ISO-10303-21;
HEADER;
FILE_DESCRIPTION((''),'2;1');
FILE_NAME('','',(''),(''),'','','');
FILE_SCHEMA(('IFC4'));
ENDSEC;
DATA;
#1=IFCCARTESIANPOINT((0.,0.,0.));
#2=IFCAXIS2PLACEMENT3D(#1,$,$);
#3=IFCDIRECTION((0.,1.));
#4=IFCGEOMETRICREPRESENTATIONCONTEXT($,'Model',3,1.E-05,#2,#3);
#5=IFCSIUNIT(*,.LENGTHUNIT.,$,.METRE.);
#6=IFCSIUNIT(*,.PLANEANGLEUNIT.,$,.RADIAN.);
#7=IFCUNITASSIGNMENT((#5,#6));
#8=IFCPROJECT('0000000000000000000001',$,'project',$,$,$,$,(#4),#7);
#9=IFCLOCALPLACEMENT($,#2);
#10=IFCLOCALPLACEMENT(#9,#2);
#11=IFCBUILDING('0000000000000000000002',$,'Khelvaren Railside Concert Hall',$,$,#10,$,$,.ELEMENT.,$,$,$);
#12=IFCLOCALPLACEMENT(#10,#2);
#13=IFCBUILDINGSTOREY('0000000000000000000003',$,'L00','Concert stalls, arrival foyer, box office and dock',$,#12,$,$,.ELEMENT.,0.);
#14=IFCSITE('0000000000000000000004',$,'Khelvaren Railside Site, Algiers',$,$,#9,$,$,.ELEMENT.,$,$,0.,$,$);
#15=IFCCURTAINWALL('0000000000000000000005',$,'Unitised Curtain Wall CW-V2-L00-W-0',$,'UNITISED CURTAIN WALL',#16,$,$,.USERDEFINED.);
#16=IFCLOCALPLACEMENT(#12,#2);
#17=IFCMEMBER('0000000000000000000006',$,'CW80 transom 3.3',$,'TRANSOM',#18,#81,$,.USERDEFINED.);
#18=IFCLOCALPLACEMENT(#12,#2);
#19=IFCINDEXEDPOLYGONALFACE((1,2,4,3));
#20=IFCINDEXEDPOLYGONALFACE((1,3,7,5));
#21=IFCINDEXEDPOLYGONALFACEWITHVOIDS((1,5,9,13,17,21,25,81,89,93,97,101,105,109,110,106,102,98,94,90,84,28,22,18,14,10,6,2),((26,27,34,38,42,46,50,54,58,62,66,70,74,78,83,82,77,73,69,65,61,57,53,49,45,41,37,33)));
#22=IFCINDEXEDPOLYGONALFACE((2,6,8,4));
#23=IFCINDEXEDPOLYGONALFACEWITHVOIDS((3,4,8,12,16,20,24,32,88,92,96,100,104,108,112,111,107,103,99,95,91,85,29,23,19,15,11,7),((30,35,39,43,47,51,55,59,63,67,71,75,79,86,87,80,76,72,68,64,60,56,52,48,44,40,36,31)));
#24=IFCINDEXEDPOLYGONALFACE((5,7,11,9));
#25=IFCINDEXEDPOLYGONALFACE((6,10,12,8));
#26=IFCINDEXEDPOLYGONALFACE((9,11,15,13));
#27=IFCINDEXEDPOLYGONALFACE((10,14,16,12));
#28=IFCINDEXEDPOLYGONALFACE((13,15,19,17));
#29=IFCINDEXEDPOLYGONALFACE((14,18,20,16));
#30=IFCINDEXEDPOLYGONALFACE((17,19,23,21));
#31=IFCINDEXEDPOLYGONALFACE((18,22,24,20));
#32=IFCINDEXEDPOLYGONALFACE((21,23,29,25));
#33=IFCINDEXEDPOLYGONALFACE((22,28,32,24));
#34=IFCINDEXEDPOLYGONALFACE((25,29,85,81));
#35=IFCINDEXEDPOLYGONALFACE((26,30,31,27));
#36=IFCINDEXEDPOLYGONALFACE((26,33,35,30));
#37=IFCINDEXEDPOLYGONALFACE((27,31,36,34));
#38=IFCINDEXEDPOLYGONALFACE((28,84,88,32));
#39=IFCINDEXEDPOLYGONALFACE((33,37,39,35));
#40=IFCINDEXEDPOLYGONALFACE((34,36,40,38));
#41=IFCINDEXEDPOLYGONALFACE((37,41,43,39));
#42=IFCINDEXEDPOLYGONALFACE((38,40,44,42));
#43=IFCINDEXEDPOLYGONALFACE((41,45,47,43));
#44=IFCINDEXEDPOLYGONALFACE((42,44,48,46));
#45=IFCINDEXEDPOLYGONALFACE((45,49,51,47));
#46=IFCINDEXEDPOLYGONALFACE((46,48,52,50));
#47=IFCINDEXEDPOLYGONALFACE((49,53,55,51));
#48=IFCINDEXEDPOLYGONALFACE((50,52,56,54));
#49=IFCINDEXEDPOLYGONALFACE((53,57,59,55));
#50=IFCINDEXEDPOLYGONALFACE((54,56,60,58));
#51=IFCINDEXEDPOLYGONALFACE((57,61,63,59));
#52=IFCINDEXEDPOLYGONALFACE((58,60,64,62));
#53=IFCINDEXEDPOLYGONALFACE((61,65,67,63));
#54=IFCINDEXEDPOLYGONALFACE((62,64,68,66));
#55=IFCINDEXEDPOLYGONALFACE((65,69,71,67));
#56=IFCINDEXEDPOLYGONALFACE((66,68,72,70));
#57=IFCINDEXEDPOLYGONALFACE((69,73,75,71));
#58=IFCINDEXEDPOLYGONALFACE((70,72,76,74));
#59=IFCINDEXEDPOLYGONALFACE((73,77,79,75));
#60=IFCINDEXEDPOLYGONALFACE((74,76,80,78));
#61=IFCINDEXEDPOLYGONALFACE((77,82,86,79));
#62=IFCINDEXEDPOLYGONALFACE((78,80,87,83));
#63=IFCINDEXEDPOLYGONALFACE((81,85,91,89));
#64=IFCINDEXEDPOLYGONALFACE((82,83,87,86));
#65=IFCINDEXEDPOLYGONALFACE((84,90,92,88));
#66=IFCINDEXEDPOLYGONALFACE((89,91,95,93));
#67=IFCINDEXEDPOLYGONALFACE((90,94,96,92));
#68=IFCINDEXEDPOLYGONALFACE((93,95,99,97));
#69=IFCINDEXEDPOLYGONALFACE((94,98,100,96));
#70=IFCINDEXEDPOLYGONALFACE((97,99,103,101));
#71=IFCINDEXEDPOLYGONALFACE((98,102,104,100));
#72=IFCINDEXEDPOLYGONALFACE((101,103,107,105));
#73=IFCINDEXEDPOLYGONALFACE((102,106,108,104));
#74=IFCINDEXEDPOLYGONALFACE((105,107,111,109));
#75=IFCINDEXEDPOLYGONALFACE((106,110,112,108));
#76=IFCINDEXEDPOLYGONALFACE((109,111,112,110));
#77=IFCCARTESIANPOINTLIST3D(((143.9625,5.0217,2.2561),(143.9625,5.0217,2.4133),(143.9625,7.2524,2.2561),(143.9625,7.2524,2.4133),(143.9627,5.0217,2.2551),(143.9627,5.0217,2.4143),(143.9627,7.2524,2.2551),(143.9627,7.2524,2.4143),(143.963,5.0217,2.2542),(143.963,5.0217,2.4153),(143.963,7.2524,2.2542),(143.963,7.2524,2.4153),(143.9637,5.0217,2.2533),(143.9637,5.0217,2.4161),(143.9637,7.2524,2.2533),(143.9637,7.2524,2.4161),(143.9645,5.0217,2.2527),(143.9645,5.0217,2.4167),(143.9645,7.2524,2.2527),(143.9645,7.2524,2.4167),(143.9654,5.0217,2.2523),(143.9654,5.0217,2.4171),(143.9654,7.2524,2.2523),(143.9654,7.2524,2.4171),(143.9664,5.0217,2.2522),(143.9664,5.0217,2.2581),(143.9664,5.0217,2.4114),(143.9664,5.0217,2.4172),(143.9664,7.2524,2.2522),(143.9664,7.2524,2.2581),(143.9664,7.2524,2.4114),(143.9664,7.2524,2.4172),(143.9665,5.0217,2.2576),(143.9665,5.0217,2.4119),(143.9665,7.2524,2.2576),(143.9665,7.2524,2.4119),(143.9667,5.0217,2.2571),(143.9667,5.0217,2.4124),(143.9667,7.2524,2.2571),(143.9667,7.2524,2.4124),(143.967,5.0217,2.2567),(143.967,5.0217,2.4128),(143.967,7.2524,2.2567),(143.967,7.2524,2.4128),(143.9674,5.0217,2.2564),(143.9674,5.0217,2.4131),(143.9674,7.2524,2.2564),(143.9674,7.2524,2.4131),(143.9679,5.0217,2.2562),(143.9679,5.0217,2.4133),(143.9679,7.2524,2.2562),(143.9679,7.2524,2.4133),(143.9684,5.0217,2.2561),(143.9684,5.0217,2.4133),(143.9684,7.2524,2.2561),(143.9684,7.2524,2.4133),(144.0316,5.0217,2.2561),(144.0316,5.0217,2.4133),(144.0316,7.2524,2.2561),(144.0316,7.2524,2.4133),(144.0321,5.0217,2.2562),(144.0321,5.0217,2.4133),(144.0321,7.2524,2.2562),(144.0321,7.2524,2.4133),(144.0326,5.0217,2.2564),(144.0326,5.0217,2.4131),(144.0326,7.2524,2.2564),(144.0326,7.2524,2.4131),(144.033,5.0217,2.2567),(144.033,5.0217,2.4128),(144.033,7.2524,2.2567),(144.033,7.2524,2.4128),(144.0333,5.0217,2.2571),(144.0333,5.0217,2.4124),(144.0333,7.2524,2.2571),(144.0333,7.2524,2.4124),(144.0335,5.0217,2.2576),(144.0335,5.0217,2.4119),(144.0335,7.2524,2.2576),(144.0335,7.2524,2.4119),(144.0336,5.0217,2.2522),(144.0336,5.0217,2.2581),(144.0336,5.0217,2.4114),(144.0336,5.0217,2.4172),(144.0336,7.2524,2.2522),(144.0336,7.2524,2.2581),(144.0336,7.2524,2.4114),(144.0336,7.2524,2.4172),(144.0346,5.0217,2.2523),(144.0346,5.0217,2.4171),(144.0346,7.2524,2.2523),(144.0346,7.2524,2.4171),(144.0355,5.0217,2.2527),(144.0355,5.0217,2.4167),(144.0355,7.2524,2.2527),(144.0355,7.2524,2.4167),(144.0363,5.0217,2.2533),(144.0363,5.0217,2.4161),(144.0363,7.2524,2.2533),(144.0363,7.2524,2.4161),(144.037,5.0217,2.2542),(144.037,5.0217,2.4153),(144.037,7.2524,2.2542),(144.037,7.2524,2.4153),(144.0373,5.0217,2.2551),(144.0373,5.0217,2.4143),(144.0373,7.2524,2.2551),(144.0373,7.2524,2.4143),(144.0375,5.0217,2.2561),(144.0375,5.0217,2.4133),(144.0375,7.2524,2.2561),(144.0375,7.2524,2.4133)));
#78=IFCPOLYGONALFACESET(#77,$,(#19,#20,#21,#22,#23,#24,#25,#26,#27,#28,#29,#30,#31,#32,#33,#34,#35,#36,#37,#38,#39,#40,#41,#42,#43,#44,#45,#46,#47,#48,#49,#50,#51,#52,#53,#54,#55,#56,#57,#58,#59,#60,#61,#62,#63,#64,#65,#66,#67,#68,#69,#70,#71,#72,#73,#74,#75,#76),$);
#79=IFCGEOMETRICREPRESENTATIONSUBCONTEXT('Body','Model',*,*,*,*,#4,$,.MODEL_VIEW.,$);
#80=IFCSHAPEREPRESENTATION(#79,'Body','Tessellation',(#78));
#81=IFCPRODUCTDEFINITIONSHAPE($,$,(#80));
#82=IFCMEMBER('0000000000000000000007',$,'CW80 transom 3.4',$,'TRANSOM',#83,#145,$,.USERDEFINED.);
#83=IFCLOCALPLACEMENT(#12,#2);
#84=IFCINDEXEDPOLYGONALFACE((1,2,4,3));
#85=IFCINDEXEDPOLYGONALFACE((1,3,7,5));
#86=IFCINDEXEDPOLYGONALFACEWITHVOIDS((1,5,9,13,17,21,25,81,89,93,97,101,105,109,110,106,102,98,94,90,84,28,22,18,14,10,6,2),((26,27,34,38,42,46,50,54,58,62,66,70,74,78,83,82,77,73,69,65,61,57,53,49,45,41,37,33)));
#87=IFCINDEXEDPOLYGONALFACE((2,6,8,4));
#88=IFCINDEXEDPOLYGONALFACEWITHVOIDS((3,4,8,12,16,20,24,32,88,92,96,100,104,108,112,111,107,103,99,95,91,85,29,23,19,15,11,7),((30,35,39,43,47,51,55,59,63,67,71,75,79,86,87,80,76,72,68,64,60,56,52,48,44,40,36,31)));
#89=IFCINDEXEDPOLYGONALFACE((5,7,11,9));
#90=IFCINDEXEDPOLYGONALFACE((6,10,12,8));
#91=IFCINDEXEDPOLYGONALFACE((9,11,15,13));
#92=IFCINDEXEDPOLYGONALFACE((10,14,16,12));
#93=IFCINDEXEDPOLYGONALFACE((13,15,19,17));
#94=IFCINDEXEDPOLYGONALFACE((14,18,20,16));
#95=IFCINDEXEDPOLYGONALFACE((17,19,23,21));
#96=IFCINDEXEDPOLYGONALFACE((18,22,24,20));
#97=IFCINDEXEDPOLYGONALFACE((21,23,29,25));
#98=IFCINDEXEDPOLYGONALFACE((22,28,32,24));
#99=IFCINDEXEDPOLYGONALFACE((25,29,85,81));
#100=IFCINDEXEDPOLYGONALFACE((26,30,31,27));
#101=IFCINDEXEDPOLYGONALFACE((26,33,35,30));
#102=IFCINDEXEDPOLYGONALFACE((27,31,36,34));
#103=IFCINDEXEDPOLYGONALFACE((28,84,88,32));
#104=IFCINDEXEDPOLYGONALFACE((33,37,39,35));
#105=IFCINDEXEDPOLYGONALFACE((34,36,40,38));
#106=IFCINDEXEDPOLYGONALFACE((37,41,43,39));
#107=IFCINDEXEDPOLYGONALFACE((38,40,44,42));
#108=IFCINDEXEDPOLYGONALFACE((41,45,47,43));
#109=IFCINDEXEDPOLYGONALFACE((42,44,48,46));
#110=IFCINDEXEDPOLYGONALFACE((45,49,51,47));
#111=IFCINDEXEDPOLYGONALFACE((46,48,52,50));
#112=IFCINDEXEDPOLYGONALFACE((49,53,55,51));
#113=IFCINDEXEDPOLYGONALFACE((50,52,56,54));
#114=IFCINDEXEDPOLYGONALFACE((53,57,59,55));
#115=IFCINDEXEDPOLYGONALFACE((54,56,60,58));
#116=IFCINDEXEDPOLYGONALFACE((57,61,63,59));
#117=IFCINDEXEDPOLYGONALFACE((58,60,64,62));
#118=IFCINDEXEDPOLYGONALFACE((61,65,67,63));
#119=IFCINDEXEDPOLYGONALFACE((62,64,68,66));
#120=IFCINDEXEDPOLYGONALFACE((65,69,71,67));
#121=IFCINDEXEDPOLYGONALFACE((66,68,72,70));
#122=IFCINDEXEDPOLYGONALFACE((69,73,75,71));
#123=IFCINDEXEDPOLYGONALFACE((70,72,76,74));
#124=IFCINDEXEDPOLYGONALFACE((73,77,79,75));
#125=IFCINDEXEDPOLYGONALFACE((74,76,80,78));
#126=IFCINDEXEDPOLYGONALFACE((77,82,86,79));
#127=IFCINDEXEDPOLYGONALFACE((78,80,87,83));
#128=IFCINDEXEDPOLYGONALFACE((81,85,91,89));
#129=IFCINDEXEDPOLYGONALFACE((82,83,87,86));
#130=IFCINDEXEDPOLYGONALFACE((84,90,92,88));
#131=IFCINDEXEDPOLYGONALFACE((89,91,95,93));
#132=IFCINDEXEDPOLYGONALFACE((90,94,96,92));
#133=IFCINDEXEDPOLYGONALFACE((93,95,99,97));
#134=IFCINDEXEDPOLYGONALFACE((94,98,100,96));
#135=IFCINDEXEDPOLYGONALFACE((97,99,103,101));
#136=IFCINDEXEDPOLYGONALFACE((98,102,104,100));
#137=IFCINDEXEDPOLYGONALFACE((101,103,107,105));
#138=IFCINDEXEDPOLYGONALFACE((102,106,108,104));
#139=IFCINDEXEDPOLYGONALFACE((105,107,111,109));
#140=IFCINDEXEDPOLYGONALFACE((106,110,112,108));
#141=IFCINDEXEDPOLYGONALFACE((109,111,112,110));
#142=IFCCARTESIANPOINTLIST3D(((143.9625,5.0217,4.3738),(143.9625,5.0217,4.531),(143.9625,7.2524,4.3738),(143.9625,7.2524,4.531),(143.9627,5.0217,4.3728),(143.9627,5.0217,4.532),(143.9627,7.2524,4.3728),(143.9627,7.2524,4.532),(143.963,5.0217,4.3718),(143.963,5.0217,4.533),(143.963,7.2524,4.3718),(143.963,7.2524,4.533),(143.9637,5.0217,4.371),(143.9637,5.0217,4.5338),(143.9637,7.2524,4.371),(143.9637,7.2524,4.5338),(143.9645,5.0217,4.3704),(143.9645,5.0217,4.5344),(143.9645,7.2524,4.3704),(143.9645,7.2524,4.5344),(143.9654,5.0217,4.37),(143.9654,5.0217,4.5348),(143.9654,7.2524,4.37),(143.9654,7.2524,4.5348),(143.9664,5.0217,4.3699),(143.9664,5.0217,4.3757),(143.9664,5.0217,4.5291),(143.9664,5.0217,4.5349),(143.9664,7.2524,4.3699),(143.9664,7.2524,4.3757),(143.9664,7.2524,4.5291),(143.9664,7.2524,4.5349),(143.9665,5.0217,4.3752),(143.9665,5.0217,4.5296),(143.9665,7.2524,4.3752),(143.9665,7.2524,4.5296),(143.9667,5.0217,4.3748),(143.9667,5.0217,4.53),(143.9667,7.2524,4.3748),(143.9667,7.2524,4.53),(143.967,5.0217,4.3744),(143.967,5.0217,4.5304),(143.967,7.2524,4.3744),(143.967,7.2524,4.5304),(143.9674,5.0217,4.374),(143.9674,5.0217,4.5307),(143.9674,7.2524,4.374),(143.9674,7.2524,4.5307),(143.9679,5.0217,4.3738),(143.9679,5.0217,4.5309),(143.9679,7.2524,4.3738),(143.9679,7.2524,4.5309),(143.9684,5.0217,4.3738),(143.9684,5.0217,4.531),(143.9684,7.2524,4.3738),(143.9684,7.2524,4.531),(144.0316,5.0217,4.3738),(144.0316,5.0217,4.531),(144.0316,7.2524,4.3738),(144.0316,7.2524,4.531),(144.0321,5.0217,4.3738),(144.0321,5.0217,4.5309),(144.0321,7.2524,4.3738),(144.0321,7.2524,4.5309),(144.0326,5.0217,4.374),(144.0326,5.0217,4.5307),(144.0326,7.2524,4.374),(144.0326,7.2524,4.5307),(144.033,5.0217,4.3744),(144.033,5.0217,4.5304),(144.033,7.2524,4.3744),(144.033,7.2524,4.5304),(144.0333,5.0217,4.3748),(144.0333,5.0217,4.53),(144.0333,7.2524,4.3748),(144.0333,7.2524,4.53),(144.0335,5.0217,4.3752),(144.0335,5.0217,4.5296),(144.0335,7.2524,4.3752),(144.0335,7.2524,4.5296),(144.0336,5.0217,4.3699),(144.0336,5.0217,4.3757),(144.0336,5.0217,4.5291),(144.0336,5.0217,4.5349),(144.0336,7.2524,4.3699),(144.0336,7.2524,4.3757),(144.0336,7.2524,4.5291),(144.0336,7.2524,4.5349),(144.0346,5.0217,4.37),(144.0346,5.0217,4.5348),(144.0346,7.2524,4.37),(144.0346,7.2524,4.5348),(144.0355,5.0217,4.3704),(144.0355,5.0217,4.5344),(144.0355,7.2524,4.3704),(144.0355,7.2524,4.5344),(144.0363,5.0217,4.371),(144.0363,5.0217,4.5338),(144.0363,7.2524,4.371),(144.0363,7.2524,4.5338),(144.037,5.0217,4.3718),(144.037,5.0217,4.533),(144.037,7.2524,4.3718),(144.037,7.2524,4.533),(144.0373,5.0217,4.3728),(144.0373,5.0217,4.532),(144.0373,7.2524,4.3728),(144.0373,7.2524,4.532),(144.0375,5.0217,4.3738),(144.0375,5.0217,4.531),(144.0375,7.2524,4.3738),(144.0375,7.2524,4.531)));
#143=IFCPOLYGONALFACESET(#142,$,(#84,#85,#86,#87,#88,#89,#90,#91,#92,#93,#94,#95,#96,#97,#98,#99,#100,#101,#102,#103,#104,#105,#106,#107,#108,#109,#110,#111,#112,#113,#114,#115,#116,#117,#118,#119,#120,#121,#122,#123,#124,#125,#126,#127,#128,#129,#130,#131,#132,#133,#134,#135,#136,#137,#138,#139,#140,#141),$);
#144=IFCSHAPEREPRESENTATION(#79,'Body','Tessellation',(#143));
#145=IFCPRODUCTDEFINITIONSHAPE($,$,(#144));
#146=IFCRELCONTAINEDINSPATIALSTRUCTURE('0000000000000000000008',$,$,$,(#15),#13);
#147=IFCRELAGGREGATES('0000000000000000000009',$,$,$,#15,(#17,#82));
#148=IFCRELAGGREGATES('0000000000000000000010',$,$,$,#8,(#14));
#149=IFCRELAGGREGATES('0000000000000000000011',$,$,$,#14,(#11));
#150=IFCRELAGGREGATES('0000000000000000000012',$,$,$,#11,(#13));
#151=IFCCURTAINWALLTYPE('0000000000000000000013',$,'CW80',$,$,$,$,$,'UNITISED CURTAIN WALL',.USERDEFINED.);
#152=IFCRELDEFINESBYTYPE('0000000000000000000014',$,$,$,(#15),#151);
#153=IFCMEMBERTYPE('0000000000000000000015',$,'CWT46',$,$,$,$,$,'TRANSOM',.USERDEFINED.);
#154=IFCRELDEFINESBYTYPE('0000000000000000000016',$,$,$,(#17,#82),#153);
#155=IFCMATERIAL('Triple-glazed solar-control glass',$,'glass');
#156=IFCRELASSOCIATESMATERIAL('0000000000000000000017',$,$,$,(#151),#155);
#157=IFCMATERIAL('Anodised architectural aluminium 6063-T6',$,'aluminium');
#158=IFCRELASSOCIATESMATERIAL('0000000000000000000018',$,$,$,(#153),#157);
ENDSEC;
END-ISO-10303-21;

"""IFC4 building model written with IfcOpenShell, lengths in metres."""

from ifc_helpers import new_model, si_unit, direction, frame, origin, origin_2d, place, context, subcontext, project, spatial, hollow_rectangle, extrude, material, material_profile, profile_set, type_object, element, aggregate, save


model = new_model("IFC4")

# Units and contexts
model_context = context("Model", 3, precision=1e-05, world=origin(), true_north=direction((0.0, 1.0)))
body_context = subcontext(model_context, "Body", "Model", "MODEL_VIEW")
ifc_project = project(units=[si_unit("LENGTHUNIT", "METRE"), si_unit("PLANEANGLEUNIT", "RADIAN")], contexts=[model_context])

# Site, building, storey
site_placement = place(None, origin())
site = spatial("IfcSite", under=ifc_project, at=site_placement, Name="Khelvaren Railside Site, Algiers", CompositionType="ELEMENT", RefElevation=0.0)
building_placement = place(site_placement, origin())
building = spatial("IfcBuilding", under=site, at=building_placement, Name="Khelvaren Railside Concert Hall", CompositionType="ELEMENT")
storey_placement = place(building_placement, origin())
storey = spatial("IfcBuildingStorey", under=building, at=storey_placement, Name="L00", Description="Concert stalls, arrival foyer, box office and dock", CompositionType="ELEMENT", Elevation=0.0)

# Curtain wall
ifc_material_1 = material(Name="Triple-glazed solar-control glass", Category="glass")
curtain_wall_type_1 = type_object("IfcCurtainWallType", Name="CW80", ElementType="UNITISED CURTAIN WALL", PredefinedType="USERDEFINED", material=ifc_material_1)
curtain_wall_1_placement = place(storey_placement, origin())
curtain_wall_1 = element("IfcCurtainWall", 1, at=curtain_wall_1_placement, inside=storey, type_object=curtain_wall_type_1, Name="Unitised Curtain Wall CW-V2-L00-W-0", ObjectType="UNITISED CURTAIN WALL", PredefinedType="USERDEFINED")
ifc_material_2 = material(Name="Anodised architectural aluminium 6063-T6", Category="aluminium")

# Members
ifc_material_profile_1 = material_profile(ifc_material_2, hollow_rectangle(XDim=0.075, YDim=0.165, WallThickness=0.0039, InnerFilletRadius=0.002, OuterFilletRadius=0.0039, at=origin_2d()), Name="CWT 75x165x4")
ifc_profile_set_1 = profile_set([ifc_material_profile_1], Name="Anodised architectural aluminium 6063-T6")
member_type_1 = type_object("IfcMemberType", Name="CWT46", ElementType="TRANSOM", PredefinedType="USERDEFINED", material=ifc_profile_set_1)
member_1_placement = place(storey_placement, frame((144.0, 5.0217, 2.3347), z_axis=(0.0, 1.0, 0.0), x_axis=(-1.0, 0.0, 0.0)))
member_1 = element("IfcMember", 2, at=member_1_placement, type_object=member_type_1, Name="CW80 transom 3.3", ObjectType="TRANSOM", PredefinedType="USERDEFINED", context=body_context, shape_type="SweptSolid", body=[
    extrude(hollow_rectangle(XDim=0.075, YDim=0.165, WallThickness=0.0039, InnerFilletRadius=0.002, OuterFilletRadius=0.0039, at=origin_2d()), origin(), (0.0, 0.0, 1.0), 2.2307),
])
member_2_placement = place(storey_placement, frame((144.0, 5.0217, 4.4524), z_axis=(0.0, 1.0, 0.0), x_axis=(-1.0, 0.0, 0.0)))
member_2 = element("IfcMember", 3, at=member_2_placement, type_object=member_type_1, Name="CW80 transom 3.4", ObjectType="TRANSOM", PredefinedType="USERDEFINED", context=body_context, shape_type="SweptSolid", body=[
    extrude(hollow_rectangle(XDim=0.075, YDim=0.165, WallThickness=0.0039, InnerFilletRadius=0.002, OuterFilletRadius=0.0039, at=origin_2d()), origin(), (0.0, 0.0, 1.0), 2.2307),
])

aggregate(curtain_wall_1, [member_1, member_2])

save(model, "model.ifc")
